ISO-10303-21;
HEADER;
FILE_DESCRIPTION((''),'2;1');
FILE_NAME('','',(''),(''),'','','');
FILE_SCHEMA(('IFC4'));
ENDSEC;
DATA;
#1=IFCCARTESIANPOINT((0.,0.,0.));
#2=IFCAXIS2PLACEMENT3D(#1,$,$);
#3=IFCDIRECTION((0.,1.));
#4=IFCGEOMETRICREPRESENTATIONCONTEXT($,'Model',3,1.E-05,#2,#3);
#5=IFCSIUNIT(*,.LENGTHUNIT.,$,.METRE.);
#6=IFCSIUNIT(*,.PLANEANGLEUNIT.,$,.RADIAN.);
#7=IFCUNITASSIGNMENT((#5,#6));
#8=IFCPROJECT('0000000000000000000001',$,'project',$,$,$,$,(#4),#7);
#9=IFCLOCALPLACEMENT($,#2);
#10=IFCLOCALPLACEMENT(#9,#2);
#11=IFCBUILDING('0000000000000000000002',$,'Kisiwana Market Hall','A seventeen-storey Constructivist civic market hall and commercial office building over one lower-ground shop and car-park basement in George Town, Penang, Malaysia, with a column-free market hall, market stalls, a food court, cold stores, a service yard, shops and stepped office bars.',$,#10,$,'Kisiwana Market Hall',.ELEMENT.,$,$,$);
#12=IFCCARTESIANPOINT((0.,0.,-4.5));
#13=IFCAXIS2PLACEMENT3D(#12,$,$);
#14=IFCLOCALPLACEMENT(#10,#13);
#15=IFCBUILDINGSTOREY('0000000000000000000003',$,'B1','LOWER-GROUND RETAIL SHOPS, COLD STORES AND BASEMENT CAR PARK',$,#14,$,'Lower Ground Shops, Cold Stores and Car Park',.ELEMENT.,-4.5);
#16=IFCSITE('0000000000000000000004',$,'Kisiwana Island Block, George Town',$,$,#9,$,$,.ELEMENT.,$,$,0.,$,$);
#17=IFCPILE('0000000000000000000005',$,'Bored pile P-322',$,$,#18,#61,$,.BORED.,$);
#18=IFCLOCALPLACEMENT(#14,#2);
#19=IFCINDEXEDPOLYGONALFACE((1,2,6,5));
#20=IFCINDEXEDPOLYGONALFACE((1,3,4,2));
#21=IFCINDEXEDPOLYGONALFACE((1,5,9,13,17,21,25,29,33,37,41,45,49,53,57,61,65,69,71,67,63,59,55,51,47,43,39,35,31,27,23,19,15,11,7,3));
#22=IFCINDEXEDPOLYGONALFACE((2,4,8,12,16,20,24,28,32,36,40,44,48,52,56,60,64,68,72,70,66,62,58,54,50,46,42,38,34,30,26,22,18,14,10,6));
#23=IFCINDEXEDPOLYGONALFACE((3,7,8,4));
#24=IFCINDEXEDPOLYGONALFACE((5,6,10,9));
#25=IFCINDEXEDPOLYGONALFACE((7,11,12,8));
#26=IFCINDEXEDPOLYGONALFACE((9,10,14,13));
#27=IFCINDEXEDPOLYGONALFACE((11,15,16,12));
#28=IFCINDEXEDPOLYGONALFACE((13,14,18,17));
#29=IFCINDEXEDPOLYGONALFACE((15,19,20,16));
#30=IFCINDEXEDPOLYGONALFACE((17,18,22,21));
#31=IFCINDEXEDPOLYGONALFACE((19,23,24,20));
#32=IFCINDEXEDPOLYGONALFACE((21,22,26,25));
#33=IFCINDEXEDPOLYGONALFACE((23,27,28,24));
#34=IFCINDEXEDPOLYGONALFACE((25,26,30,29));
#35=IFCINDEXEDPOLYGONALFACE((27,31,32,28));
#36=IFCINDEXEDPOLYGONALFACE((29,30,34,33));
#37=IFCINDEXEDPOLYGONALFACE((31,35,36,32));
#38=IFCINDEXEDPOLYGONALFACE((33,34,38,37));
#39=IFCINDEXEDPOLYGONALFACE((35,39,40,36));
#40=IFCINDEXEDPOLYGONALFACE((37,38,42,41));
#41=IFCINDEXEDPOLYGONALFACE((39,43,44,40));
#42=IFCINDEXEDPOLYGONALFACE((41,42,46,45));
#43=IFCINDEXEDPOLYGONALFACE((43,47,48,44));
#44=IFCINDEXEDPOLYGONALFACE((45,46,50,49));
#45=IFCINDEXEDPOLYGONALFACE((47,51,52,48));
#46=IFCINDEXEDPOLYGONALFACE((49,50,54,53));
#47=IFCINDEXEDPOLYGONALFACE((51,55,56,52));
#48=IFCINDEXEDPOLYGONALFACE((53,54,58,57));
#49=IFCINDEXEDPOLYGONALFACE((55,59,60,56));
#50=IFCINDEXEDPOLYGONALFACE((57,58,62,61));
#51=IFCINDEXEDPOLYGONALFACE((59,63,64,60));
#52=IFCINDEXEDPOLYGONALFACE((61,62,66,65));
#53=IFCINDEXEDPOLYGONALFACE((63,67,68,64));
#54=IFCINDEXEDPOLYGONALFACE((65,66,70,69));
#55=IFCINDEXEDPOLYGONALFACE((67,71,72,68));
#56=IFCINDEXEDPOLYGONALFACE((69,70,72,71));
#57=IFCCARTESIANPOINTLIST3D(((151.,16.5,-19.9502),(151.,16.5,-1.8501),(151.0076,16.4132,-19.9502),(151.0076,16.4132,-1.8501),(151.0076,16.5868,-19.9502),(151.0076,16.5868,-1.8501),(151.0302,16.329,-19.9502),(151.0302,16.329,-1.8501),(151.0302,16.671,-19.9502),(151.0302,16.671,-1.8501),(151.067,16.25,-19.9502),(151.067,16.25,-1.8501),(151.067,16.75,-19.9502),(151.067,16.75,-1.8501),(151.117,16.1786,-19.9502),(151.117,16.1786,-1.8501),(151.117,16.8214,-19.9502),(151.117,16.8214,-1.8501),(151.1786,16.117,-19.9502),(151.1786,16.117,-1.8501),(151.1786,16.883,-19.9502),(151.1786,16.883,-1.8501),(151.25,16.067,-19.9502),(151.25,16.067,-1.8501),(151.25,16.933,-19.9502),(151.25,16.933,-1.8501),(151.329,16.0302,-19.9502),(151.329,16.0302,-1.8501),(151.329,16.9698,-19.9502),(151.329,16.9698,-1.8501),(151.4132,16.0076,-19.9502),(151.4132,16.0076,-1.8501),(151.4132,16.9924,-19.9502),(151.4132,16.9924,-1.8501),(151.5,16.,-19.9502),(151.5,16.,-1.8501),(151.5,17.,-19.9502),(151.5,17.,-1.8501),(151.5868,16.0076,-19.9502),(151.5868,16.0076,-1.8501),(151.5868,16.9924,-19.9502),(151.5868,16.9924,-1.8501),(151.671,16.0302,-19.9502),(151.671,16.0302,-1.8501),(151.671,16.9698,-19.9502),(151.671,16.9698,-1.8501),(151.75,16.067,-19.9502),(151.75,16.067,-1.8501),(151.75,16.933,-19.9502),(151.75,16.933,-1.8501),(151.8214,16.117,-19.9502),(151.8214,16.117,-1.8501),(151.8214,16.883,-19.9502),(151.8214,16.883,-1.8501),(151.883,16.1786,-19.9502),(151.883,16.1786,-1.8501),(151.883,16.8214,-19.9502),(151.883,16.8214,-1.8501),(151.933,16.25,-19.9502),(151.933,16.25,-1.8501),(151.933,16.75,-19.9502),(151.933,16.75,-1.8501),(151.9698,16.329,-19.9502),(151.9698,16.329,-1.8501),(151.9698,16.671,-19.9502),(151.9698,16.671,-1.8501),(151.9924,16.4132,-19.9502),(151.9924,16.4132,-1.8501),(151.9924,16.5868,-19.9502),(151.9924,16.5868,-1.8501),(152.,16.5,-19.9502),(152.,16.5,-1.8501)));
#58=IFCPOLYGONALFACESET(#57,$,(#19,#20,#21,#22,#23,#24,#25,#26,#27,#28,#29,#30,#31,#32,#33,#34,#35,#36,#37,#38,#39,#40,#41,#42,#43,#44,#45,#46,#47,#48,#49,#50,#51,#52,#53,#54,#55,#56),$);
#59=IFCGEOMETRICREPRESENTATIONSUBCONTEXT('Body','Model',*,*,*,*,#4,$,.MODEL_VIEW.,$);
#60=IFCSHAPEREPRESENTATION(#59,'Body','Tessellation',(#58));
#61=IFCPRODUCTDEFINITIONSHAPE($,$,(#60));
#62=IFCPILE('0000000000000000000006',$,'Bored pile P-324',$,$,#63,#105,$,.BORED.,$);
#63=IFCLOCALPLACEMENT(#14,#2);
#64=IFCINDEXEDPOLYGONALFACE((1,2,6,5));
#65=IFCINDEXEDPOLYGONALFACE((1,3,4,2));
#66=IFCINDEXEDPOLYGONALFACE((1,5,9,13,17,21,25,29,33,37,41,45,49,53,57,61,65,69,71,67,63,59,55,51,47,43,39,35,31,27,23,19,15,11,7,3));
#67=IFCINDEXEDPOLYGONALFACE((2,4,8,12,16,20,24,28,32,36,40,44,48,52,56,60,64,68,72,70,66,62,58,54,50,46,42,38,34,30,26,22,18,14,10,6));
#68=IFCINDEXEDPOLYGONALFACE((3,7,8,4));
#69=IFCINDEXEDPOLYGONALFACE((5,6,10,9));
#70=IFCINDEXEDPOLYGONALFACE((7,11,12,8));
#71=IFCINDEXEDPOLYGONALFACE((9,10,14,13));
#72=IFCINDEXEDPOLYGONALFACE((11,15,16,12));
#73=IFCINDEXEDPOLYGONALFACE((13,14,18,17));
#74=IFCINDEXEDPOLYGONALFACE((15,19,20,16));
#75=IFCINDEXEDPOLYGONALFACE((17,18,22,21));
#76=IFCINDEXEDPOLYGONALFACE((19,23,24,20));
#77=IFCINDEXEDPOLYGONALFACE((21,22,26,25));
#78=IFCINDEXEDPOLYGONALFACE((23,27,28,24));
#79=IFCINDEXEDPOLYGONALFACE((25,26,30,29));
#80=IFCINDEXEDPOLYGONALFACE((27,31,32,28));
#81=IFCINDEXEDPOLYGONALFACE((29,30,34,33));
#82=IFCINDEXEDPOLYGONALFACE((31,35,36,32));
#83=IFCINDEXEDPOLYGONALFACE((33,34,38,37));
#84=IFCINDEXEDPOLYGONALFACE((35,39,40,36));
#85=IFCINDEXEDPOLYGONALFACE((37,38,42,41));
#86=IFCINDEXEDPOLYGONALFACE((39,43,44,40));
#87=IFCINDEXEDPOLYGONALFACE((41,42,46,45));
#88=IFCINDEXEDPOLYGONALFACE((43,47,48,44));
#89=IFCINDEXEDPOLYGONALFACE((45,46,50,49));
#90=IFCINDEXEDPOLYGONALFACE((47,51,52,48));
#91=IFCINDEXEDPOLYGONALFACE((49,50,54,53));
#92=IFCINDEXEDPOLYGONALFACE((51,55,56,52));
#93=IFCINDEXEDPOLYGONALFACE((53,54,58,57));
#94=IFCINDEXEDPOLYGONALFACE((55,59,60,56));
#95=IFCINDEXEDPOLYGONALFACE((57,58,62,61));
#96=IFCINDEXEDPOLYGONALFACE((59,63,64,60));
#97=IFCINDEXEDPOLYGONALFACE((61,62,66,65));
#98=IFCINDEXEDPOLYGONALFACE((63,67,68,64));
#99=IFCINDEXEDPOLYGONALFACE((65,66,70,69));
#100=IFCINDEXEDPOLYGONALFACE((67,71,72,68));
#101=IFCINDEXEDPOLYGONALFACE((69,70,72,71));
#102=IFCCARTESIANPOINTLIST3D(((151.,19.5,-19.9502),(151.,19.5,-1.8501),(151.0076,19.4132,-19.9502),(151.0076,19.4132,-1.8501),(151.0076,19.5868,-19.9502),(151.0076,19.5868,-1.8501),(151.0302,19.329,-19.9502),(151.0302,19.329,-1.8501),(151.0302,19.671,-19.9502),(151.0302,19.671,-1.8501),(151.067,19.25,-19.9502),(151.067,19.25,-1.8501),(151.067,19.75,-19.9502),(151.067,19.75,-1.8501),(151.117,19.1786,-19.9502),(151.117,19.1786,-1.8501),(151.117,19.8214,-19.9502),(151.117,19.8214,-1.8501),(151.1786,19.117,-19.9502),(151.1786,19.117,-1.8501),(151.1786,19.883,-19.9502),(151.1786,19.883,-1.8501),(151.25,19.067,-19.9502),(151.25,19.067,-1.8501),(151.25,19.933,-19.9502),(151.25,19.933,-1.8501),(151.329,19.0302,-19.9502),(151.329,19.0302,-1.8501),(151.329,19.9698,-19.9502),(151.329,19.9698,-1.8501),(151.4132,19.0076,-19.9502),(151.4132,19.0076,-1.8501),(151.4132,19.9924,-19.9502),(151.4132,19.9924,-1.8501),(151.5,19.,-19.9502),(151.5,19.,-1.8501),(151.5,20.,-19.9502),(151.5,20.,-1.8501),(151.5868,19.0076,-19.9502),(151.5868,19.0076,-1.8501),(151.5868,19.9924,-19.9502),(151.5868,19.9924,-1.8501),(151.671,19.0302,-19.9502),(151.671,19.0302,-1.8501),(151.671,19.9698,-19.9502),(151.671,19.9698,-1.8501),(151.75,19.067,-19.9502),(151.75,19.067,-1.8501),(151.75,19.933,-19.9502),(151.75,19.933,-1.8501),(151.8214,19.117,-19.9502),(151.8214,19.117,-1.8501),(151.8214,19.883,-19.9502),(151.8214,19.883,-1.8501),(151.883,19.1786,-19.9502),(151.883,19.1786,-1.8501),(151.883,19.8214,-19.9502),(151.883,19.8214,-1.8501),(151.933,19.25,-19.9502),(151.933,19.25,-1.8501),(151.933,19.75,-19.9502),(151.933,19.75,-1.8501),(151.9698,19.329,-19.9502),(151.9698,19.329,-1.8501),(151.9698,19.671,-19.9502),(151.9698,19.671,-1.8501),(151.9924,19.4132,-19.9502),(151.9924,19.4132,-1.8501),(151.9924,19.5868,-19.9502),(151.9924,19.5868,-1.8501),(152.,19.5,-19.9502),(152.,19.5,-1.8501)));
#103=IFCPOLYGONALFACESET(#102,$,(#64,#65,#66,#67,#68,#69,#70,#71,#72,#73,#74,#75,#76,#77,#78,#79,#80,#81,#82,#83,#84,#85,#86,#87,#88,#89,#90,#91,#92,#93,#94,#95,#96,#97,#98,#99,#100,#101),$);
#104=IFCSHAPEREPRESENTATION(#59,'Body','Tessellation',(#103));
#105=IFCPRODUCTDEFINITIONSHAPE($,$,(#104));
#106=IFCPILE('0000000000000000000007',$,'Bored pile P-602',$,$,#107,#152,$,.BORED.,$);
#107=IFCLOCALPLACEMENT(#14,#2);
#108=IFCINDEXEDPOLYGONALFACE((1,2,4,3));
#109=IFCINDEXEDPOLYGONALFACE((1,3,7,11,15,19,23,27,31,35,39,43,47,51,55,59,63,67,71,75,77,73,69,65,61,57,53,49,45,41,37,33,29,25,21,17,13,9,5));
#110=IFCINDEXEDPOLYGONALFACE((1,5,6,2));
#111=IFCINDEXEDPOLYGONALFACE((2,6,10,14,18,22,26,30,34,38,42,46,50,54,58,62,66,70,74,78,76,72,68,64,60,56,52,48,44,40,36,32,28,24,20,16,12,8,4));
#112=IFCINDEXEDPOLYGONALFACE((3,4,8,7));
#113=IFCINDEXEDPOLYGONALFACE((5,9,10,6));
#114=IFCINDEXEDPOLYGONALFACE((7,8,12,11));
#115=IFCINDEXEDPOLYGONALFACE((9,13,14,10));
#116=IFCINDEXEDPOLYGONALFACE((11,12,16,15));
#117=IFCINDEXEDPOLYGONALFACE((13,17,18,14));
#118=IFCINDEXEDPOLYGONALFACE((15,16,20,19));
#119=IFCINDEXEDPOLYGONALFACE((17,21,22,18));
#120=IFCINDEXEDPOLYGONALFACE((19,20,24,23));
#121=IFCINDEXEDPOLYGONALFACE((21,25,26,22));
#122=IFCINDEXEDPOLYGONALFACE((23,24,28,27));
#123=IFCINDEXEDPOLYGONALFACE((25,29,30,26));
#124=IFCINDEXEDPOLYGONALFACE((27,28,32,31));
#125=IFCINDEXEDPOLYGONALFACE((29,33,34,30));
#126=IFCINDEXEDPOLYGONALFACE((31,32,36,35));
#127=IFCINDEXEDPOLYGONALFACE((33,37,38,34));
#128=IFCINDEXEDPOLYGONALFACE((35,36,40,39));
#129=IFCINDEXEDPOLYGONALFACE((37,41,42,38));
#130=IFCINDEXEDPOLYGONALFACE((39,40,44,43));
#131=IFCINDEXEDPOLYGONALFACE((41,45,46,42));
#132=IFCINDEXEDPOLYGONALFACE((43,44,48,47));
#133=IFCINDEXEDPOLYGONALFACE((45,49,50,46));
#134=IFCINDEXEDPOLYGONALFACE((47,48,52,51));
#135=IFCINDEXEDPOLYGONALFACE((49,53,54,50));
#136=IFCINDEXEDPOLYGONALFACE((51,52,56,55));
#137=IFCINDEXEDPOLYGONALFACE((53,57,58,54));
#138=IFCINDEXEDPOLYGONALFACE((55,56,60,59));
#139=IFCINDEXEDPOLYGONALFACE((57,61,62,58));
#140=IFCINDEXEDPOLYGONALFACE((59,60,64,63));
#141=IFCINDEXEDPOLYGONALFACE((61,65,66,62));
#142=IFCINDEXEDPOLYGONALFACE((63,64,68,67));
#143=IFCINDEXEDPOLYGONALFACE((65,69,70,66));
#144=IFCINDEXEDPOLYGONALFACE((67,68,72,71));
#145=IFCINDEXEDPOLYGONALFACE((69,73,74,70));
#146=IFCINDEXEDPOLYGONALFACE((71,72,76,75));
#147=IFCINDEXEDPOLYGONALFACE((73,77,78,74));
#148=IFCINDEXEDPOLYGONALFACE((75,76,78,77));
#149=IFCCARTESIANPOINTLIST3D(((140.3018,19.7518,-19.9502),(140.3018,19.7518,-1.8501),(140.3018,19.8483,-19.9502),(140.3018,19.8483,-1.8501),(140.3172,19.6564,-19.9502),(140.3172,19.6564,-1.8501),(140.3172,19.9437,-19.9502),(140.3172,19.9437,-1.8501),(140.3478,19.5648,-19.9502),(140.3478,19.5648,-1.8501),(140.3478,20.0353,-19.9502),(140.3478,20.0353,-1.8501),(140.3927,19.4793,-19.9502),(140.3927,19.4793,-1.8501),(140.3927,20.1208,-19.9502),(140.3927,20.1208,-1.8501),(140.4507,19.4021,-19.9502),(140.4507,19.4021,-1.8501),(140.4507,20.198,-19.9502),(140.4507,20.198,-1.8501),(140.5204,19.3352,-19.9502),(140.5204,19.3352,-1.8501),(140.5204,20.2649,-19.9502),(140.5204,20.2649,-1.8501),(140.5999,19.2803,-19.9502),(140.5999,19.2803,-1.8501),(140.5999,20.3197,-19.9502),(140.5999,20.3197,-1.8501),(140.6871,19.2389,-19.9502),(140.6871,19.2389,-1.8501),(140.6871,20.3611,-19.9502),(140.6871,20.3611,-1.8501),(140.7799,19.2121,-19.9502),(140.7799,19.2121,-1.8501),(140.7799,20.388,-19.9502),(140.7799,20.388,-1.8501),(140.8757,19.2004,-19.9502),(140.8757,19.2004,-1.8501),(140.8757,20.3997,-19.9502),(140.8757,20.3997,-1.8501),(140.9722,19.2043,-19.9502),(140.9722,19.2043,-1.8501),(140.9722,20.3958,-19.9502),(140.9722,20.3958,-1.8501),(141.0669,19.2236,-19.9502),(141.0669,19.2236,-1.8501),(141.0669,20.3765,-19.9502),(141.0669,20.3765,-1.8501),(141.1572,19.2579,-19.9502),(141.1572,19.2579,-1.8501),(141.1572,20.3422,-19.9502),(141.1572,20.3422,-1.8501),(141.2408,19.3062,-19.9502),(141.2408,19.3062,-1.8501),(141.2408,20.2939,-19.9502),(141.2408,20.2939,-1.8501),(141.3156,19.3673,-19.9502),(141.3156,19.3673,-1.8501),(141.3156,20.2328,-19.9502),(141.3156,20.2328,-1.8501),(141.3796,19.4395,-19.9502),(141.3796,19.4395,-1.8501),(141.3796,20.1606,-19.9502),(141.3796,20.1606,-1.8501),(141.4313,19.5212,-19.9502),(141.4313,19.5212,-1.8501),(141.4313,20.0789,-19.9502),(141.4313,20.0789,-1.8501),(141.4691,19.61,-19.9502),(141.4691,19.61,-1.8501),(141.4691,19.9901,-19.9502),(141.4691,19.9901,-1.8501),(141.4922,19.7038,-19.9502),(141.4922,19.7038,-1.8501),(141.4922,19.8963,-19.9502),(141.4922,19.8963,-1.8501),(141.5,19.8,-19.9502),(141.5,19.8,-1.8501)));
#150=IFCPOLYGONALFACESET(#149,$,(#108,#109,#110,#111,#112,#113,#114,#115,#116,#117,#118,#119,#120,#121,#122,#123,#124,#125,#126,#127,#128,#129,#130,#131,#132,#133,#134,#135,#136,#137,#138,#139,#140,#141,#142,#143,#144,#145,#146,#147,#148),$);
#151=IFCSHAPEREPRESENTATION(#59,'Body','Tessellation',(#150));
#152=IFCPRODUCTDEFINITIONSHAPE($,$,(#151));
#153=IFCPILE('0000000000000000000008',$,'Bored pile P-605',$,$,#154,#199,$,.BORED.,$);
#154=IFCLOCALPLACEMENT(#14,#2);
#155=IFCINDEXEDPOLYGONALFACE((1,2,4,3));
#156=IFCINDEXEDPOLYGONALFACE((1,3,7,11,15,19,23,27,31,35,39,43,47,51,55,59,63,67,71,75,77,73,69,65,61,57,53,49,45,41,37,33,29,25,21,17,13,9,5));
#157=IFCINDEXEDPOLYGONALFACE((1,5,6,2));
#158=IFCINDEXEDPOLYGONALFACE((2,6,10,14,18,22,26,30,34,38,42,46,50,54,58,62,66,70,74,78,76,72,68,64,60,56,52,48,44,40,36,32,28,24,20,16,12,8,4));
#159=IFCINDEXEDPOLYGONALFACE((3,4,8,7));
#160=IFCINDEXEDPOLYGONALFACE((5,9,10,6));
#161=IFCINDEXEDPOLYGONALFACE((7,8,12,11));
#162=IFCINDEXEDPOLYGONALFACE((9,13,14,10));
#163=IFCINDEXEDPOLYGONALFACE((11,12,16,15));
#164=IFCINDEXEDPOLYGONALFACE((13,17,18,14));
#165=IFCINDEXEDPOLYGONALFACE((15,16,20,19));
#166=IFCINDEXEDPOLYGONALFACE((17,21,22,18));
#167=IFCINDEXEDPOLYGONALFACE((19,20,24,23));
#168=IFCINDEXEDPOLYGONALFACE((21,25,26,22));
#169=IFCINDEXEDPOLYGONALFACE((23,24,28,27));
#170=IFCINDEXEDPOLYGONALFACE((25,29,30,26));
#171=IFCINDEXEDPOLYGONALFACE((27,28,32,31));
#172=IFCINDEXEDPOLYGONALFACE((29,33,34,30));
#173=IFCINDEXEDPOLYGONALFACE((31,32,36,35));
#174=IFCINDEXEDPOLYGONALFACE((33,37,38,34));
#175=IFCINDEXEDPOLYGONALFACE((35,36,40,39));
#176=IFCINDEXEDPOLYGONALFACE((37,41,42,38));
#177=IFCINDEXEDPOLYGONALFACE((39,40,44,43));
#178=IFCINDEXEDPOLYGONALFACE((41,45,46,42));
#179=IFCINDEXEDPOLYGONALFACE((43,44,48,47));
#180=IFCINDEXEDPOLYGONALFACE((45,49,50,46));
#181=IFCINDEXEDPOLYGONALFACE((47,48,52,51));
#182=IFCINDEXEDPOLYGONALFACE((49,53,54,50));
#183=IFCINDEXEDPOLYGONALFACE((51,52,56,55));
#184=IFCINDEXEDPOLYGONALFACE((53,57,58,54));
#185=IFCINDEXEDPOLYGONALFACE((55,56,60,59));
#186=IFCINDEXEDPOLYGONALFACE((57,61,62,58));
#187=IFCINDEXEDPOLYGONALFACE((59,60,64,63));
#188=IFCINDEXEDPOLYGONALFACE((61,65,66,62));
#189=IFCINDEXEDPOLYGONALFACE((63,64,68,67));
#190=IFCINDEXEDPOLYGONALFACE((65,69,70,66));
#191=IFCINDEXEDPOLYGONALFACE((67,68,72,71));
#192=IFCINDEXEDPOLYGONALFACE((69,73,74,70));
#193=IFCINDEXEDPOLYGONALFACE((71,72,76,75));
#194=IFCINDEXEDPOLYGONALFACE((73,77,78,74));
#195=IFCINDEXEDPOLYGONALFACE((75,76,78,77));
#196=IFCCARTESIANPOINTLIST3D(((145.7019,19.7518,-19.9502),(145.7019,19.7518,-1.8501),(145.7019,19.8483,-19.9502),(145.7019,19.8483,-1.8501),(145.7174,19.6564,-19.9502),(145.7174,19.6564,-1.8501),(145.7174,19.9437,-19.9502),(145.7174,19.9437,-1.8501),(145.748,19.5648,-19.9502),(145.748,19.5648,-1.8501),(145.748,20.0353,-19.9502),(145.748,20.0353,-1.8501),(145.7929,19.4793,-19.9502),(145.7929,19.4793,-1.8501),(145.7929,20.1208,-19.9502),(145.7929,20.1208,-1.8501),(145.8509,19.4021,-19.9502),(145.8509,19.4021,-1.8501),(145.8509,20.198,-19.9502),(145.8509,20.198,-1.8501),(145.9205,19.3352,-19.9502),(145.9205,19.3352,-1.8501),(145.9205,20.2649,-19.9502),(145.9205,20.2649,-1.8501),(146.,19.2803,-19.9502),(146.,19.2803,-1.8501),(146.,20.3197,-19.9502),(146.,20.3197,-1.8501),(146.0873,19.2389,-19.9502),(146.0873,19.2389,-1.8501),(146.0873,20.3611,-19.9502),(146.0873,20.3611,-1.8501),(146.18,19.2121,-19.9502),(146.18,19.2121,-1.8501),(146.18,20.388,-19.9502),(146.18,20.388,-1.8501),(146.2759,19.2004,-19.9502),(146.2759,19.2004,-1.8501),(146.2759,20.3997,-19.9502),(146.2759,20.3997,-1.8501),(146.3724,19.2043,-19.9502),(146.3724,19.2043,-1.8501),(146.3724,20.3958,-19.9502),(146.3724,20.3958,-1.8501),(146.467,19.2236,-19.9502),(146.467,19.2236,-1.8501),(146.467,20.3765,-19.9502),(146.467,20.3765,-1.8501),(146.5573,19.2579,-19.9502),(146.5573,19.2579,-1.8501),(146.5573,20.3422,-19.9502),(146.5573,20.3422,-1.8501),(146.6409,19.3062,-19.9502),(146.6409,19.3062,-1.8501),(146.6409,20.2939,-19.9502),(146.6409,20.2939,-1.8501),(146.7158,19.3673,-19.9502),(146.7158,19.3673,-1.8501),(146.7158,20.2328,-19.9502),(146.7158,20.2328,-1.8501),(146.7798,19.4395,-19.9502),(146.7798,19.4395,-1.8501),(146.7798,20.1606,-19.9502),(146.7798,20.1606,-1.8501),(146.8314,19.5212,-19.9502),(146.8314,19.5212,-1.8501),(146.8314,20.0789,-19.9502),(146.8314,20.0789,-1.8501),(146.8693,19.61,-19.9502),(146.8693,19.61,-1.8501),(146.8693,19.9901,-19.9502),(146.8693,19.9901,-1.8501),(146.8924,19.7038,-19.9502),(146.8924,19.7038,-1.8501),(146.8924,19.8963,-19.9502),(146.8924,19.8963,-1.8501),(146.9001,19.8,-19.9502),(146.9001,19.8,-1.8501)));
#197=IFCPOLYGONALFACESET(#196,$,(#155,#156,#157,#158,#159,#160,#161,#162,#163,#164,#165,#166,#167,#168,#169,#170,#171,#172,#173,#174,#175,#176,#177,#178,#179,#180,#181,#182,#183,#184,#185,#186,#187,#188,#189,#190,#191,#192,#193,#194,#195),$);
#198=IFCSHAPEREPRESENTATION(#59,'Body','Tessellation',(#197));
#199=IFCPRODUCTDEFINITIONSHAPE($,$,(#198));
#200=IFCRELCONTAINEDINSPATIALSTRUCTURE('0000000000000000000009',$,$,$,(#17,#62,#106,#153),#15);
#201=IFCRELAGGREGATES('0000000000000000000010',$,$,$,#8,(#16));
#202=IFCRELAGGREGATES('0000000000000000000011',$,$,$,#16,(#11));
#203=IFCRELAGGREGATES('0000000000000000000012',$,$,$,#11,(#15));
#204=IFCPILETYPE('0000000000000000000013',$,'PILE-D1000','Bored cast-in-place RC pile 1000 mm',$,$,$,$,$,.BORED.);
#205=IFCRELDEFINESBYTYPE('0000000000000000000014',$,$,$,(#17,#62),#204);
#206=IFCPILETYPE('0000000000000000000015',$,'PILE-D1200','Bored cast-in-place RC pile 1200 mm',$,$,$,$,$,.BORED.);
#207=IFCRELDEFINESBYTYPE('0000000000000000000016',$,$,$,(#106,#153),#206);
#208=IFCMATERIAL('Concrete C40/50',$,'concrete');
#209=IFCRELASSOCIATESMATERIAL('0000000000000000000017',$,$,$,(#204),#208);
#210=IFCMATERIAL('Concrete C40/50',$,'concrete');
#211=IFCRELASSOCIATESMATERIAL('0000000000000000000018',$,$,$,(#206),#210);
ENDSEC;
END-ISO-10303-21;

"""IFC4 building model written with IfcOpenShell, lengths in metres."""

from ifc_helpers import new_model, si_unit, direction, frame, origin, origin_2d, place, context, subcontext, project, spatial, circle, extrude, material, material_profile, profile_set, type_object, element, save


model = new_model("IFC4")

# Units and contexts
model_context = context("Model", 3, precision=1e-05, world=origin(), true_north=direction((0.0, 1.0)))
body_context = subcontext(model_context, "Body", "Model", "MODEL_VIEW")
ifc_project = project(units=[si_unit("LENGTHUNIT", "METRE"), si_unit("PLANEANGLEUNIT", "RADIAN")], contexts=[model_context])

# Site, building, storey
site_placement = place(None, origin())
site = spatial("IfcSite", under=ifc_project, at=site_placement, Name="Kisiwana Island Block, George Town", CompositionType="ELEMENT", RefElevation=0.0)
building_placement = place(site_placement, origin())
building = spatial("IfcBuilding", under=site, at=building_placement, Name="Kisiwana Market Hall", Description="A seventeen-storey Constructivist civic market hall and commercial office building over one lower-ground shop and car-park basement in George Town, Penang, Malaysia, with a column-free market hall, market stalls, a food court, cold stores, a service yard, shops and stepped office bars.", LongName="Kisiwana Market Hall", CompositionType="ELEMENT")
storey_placement = place(building_placement, frame((0.0, 0.0, -4.5)))
storey = spatial("IfcBuildingStorey", under=building, at=storey_placement, Name="B1", Description="LOWER-GROUND RETAIL SHOPS, COLD STORES AND BASEMENT CAR PARK", LongName="Lower Ground Shops, Cold Stores and Car Park", CompositionType="ELEMENT", Elevation=-4.5)

# Piles
ifc_material_1 = material(Name="Concrete C40/50", Category="concrete")
ifc_material_profile_1 = material_profile(ifc_material_1, circle(Radius=0.5, at=origin_2d()), Name="BP D1000")
ifc_profile_set_1 = profile_set([ifc_material_profile_1], Name="Concrete C40/50")
pile_type_1 = type_object("IfcPileType", Name="PILE-D1000", Description="Bored cast-in-place RC pile 1000 mm", PredefinedType="BORED", material=ifc_profile_set_1)
for number, where, z_axis, x_axis, name in (
    (1, (151.5, 16.5, -1.8501), (0.0, 0.0, -1.0), (1.0, 0.0, 0.0), "Bored pile P-322"),
    (2, (151.5, 19.5, -1.8501), (0.0, 0.0, -1.0), (1.0, 0.0, 0.0), "Bored pile P-324"),
):
    element("IfcPile", number, at=place(storey_placement, frame(where, z_axis=z_axis, x_axis=x_axis)), inside=storey, type_object=pile_type_1, Name=name, PredefinedType="BORED", context=body_context, shape_type="SweptSolid", body=[
        extrude(circle(Radius=0.5, at=origin_2d()), origin(), (0.0, 0.0, 1.0), 18.1001),
    ])
ifc_material_2 = material(Name="Concrete C40/50", Category="concrete")
ifc_material_profile_2 = material_profile(ifc_material_2, circle(Radius=0.6001, at=origin_2d()), Name="BP D1200")
ifc_profile_set_2 = profile_set([ifc_material_profile_2], Name="Concrete C40/50")
pile_type_2 = type_object("IfcPileType", Name="PILE-D1200", Description="Bored cast-in-place RC pile 1200 mm", PredefinedType="BORED", material=ifc_profile_set_2)
for number, where, z_axis, x_axis, name in (
    (3, (140.8999, 19.8, -1.8501), (0.0, 0.0, -1.0), (1.0, 0.0, 0.0), "Bored pile P-602"),
    (4, (146.3, 19.8, -1.8501), (0.0, 0.0, -1.0), (1.0, 0.0, 0.0), "Bored pile P-605"),
):
    element("IfcPile", number, at=place(storey_placement, frame(where, z_axis=z_axis, x_axis=x_axis)), inside=storey, type_object=pile_type_2, Name=name, PredefinedType="BORED", context=body_context, shape_type="SweptSolid", body=[
        extrude(circle(Radius=0.6001, at=origin_2d()), origin(), (0.0, 0.0, 1.0), 18.1001),
    ])

save(model, "model.ifc")
